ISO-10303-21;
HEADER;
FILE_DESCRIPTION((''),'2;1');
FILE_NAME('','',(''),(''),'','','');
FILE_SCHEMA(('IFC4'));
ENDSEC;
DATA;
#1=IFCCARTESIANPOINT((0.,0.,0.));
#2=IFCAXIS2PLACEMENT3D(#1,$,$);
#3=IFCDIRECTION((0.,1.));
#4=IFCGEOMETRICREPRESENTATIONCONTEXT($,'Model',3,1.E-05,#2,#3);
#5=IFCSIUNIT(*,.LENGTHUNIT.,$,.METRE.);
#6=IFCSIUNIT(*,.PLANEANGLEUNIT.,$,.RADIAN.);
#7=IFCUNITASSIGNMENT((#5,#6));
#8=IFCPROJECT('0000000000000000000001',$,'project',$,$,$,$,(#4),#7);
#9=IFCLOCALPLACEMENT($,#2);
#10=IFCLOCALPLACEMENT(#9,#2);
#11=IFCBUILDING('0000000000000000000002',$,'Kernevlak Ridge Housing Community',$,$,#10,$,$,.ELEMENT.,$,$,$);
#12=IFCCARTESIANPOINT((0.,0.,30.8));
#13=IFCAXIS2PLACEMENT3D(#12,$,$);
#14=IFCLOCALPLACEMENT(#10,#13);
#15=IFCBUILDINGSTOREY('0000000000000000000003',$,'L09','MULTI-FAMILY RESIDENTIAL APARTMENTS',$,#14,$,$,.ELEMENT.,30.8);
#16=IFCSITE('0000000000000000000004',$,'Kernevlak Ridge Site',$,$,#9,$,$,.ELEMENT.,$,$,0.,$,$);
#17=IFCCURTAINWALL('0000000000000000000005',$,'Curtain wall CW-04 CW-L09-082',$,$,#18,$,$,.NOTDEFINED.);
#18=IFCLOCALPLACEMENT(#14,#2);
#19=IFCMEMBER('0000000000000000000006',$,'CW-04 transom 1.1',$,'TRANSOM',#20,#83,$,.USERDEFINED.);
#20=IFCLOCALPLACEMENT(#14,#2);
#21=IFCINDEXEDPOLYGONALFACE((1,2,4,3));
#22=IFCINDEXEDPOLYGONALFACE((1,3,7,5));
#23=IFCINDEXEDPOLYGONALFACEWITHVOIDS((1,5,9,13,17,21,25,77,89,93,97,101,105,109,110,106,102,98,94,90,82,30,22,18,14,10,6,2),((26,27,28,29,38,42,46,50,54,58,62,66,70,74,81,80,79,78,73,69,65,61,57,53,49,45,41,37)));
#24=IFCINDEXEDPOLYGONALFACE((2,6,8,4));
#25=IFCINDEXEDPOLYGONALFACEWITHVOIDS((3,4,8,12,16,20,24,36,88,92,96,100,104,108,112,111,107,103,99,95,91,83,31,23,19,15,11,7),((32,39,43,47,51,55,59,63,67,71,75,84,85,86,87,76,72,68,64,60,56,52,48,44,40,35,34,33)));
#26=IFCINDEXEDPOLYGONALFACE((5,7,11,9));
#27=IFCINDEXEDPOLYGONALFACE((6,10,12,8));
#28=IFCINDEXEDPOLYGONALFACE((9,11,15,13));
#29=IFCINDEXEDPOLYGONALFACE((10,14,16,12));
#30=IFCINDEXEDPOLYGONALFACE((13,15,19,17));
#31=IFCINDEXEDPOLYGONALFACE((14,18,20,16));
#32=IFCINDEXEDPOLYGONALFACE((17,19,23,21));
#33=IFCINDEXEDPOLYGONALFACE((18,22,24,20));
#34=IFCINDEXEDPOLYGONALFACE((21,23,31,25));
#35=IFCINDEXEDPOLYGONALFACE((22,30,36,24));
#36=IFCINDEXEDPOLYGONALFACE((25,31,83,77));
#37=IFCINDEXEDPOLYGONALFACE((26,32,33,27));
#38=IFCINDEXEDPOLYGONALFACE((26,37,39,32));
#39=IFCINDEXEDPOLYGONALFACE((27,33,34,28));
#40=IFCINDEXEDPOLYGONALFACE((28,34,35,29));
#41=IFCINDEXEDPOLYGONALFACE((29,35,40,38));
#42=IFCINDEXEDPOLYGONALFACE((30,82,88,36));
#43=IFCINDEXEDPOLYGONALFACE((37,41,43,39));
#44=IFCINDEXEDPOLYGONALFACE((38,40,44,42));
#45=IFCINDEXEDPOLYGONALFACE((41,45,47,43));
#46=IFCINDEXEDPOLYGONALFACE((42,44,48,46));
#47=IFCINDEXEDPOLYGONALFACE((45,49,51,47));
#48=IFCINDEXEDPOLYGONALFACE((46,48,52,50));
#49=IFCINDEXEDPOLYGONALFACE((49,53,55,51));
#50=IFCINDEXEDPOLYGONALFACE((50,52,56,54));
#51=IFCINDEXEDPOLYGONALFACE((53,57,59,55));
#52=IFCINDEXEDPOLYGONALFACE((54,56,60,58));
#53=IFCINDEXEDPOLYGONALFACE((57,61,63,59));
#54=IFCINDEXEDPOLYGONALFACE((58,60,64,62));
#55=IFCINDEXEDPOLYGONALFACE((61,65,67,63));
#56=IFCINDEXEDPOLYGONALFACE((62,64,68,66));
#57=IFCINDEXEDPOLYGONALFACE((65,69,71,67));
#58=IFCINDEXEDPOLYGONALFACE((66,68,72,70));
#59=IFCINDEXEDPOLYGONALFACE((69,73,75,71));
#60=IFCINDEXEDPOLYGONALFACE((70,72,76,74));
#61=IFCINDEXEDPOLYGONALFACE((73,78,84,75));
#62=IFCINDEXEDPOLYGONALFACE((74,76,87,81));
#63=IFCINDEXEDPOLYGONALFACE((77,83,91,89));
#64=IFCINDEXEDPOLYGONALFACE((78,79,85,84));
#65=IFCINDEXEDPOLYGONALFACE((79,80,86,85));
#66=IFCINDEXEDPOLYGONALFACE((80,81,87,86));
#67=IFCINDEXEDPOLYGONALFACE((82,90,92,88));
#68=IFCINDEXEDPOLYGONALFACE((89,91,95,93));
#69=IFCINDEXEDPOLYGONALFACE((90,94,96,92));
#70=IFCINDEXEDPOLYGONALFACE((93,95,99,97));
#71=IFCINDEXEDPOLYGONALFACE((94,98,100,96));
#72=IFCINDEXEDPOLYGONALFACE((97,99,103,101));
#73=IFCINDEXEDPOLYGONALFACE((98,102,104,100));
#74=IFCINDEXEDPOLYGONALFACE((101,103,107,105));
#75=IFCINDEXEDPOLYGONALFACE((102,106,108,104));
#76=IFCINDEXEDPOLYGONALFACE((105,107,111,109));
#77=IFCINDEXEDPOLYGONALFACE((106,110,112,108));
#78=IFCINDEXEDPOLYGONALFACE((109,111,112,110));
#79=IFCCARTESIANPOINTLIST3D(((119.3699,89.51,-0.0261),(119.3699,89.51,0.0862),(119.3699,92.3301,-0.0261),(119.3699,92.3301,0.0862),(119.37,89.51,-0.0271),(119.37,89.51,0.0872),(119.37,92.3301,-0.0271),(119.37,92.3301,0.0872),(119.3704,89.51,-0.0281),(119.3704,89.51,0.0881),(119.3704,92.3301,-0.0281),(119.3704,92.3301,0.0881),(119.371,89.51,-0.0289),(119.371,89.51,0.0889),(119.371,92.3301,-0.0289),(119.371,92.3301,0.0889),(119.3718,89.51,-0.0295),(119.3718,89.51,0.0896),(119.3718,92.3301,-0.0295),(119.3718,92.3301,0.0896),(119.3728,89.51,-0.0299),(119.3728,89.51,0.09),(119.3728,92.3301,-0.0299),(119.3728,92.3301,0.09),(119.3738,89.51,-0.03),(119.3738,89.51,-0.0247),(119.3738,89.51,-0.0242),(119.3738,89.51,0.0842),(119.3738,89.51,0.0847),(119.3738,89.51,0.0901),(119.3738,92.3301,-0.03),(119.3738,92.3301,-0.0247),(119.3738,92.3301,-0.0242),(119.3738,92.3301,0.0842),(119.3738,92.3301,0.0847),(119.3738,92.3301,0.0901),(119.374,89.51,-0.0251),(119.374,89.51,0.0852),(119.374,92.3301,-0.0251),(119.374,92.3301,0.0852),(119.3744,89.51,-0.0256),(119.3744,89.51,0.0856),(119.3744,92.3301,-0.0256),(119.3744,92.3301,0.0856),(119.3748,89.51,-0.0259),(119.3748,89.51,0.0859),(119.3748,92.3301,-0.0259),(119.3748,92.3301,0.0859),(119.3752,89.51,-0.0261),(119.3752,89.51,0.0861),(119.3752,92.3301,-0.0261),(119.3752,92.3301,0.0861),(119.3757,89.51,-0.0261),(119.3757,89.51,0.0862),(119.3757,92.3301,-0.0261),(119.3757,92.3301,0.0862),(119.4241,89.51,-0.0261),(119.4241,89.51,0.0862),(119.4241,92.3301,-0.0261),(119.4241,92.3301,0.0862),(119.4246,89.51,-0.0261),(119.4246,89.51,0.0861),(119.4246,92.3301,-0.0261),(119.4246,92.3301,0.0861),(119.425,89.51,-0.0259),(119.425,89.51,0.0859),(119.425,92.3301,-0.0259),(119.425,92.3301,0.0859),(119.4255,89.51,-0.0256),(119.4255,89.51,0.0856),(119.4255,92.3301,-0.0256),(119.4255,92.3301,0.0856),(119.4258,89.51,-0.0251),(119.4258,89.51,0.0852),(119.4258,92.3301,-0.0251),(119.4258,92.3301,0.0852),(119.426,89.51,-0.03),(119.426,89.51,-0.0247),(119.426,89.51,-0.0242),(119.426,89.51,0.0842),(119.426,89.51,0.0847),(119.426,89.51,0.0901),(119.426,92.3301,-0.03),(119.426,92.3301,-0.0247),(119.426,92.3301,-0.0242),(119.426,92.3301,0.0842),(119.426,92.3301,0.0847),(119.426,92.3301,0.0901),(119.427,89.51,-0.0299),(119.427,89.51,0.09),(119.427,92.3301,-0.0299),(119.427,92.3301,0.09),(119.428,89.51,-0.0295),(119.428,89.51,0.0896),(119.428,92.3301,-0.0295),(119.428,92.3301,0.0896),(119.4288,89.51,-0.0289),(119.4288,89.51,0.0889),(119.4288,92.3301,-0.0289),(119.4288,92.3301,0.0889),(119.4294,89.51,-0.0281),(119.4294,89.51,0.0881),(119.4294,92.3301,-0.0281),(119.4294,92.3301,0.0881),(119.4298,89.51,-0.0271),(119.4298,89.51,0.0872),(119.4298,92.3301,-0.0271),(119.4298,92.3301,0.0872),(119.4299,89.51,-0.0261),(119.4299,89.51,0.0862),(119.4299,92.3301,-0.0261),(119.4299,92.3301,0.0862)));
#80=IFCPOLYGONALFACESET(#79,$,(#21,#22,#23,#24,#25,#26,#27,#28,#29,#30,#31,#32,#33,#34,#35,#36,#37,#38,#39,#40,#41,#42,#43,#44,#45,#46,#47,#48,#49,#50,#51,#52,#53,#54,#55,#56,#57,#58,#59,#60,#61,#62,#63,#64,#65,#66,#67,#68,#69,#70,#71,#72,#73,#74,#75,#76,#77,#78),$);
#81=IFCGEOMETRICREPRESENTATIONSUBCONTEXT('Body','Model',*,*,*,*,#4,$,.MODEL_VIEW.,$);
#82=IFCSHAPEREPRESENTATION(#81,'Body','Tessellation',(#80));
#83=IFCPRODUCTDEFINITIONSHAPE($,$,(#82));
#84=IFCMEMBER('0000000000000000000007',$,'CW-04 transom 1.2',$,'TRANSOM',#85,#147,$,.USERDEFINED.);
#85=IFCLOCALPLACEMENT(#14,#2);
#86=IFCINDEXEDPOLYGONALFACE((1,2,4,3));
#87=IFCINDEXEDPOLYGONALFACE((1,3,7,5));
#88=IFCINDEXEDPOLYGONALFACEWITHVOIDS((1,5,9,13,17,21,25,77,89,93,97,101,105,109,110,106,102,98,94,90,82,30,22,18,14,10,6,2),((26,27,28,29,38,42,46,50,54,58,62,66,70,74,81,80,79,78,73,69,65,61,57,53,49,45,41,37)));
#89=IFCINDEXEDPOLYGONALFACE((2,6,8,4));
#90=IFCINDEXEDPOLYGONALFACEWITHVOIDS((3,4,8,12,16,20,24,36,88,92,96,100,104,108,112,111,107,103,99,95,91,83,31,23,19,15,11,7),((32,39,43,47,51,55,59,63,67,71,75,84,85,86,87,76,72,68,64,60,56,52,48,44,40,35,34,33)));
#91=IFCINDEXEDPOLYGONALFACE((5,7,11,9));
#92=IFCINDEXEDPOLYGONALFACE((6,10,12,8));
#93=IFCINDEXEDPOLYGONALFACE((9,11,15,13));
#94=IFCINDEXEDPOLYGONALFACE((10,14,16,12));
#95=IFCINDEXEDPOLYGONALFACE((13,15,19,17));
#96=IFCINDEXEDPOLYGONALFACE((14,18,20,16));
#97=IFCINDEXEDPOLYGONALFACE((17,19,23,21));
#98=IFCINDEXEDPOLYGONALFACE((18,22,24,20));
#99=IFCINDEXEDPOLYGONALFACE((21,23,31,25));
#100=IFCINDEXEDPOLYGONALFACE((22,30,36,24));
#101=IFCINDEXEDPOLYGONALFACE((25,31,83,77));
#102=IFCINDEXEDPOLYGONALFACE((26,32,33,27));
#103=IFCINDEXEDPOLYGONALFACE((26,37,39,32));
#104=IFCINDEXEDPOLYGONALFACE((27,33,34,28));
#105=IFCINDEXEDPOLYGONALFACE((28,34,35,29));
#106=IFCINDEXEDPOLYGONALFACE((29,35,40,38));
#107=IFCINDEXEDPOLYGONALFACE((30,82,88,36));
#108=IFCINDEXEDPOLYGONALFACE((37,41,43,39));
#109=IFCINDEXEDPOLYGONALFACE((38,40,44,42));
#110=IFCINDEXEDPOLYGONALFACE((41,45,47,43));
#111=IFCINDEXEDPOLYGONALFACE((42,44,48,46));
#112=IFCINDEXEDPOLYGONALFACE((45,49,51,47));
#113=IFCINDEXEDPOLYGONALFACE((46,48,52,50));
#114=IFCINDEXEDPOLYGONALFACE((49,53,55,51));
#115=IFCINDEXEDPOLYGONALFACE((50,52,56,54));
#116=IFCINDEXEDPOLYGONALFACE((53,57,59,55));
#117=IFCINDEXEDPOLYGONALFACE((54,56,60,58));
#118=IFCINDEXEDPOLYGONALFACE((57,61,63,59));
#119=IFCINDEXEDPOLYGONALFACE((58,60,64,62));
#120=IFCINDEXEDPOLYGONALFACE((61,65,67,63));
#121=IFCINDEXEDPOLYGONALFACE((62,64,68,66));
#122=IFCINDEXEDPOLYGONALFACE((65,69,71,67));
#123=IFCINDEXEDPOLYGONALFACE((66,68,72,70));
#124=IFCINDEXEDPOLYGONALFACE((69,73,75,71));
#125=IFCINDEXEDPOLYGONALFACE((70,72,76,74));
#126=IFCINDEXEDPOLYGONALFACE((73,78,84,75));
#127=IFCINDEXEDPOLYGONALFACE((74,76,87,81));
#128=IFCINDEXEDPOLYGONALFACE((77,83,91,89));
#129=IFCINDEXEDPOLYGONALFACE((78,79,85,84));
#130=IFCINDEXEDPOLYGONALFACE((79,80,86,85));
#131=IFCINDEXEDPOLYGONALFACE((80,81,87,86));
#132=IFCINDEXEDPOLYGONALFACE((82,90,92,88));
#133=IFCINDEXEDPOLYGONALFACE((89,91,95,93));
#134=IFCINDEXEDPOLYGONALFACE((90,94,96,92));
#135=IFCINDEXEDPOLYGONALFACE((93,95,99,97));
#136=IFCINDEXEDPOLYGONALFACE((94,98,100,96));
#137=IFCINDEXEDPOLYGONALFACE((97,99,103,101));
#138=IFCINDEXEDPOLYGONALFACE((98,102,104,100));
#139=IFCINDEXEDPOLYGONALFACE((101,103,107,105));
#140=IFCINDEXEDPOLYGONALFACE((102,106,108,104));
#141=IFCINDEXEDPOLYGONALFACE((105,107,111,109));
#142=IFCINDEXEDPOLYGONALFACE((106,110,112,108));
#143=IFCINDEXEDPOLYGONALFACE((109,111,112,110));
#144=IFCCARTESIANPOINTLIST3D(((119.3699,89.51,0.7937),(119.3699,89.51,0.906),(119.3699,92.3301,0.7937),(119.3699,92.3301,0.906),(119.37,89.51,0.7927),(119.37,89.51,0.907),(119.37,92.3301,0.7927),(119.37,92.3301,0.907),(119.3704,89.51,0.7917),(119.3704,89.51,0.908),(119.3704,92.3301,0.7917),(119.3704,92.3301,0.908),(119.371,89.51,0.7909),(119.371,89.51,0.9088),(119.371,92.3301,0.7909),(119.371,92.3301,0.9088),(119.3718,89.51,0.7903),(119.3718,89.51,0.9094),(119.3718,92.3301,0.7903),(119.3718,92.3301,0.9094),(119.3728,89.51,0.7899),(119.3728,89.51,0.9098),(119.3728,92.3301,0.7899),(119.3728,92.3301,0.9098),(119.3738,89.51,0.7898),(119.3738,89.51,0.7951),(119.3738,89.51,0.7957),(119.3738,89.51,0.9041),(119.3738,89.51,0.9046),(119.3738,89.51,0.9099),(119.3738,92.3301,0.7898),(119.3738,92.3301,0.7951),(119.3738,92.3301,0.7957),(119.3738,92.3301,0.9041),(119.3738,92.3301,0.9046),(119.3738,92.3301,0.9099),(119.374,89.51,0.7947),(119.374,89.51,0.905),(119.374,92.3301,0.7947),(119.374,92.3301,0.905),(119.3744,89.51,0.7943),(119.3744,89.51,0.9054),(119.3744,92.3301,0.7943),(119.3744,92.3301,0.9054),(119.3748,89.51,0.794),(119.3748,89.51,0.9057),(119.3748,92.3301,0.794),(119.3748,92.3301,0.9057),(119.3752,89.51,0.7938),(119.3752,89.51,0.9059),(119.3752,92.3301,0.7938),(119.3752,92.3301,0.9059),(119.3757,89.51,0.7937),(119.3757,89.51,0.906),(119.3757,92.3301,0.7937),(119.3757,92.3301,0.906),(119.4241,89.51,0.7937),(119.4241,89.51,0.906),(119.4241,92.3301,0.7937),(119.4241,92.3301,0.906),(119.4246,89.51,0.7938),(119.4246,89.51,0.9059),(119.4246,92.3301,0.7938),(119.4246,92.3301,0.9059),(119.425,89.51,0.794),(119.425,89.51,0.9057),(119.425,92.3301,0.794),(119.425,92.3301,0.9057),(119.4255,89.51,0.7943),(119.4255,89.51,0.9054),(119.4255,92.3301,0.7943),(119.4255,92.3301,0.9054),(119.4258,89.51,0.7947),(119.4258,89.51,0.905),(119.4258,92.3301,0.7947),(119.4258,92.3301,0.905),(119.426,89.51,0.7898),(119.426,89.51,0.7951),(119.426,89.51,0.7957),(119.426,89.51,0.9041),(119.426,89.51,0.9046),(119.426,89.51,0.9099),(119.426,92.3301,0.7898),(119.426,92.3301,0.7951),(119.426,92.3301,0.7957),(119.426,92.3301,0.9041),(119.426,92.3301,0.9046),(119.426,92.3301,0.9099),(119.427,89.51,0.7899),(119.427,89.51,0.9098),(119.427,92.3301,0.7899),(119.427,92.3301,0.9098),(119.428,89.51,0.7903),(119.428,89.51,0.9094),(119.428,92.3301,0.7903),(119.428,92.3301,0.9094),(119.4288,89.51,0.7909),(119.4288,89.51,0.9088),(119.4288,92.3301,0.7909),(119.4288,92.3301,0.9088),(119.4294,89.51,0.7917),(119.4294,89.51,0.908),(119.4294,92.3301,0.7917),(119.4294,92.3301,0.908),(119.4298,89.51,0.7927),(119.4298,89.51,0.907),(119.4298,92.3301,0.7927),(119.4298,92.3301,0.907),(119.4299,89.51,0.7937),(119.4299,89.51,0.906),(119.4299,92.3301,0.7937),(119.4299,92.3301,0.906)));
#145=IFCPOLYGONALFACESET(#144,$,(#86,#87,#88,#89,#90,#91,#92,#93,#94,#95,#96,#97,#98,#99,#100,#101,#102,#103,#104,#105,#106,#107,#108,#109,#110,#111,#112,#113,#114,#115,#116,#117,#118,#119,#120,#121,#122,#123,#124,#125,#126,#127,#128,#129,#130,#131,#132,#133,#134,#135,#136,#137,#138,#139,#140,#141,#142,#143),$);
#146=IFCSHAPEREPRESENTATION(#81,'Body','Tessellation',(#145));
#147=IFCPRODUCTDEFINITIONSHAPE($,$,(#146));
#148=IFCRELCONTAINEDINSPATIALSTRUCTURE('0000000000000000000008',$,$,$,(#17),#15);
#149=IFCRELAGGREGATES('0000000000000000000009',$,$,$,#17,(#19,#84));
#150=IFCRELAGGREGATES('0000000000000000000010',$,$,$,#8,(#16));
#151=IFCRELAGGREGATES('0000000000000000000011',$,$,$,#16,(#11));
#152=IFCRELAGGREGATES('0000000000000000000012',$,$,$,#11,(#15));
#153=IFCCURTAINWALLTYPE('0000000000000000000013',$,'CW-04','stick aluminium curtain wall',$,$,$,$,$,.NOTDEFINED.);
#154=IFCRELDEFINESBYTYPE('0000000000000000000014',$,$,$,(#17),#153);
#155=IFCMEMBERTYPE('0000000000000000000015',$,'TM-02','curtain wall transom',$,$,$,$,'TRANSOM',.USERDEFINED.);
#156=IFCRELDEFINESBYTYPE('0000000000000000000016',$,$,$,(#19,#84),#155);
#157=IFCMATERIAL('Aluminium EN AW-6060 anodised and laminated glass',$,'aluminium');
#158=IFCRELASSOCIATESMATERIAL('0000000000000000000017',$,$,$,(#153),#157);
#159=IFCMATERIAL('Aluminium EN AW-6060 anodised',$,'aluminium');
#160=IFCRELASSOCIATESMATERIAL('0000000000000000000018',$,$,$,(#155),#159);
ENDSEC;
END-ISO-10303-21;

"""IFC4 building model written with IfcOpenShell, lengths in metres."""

from ifc_helpers import new_model, si_unit, direction, frame, origin, origin_2d, place, context, subcontext, project, spatial, hollow_rectangle, extrude, material, material_profile, profile_set, type_object, element, aggregate, save


model = new_model("IFC4")

# Units and contexts
model_context = context("Model", 3, precision=1e-05, world=origin(), true_north=direction((0.0, 1.0)))
body_context = subcontext(model_context, "Body", "Model", "MODEL_VIEW")
ifc_project = project(units=[si_unit("LENGTHUNIT", "METRE"), si_unit("PLANEANGLEUNIT", "RADIAN")], contexts=[model_context])

# Site, building, storey
site_placement = place(None, origin())
site = spatial("IfcSite", under=ifc_project, at=site_placement, Name="Kernevlak Ridge Site", CompositionType="ELEMENT", RefElevation=0.0)
building_placement = place(site_placement, origin())
building = spatial("IfcBuilding", under=site, at=building_placement, Name="Kernevlak Ridge Housing Community", CompositionType="ELEMENT")
storey_placement = place(building_placement, frame((0.0, 0.0, 30.8)))
storey = spatial("IfcBuildingStorey", under=building, at=storey_placement, Name="L09", Description="MULTI-FAMILY RESIDENTIAL APARTMENTS", CompositionType="ELEMENT", Elevation=30.8)

# Curtain wall
ifc_material_1 = material(Name="Aluminium EN AW-6060 anodised and laminated glass", Category="aluminium")
curtain_wall_type_1 = type_object("IfcCurtainWallType", Name="CW-04", Description="stick aluminium curtain wall", PredefinedType="NOTDEFINED", material=ifc_material_1)
curtain_wall_1_placement = place(storey_placement, origin())
curtain_wall_1 = element("IfcCurtainWall", 1, at=curtain_wall_1_placement, inside=storey, type_object=curtain_wall_type_1, Name="Curtain wall CW-04 CW-L09-082", PredefinedType="NOTDEFINED")
ifc_material_2 = material(Name="Aluminium EN AW-6060 anodised", Category="aluminium")

# Members
ifc_material_profile_1 = material_profile(ifc_material_2, hollow_rectangle(XDim=0.0601, YDim=0.1201, WallThickness=0.0039, InnerFilletRadius=0.002, OuterFilletRadius=0.0039, at=origin_2d()), Name="ALU 60x120x4")
ifc_profile_set_1 = profile_set([ifc_material_profile_1], Name="Aluminium EN AW-6060 anodised")
member_type_1 = type_object("IfcMemberType", Name="TM-02", Description="curtain wall transom", ElementType="TRANSOM", PredefinedType="USERDEFINED", material=ifc_profile_set_1)
member_1_placement = place(storey_placement, frame((119.3999, 89.51, 0.03), z_axis=(0.0, 1.0, 0.0), x_axis=(-1.0, 0.0, 0.0)))
member_1 = element("IfcMember", 2, at=member_1_placement, type_object=member_type_1, Name="CW-04 transom 1.1", ObjectType="TRANSOM", PredefinedType="USERDEFINED", context=body_context, shape_type="SweptSolid", body=[
    extrude(hollow_rectangle(XDim=0.0601, YDim=0.1201, WallThickness=0.0039, InnerFilletRadius=0.002, OuterFilletRadius=0.0039, at=origin_2d()), origin(), (0.0, 0.0, 1.0), 2.8201),
])
member_2_placement = place(storey_placement, frame((119.3999, 89.51, 0.8499), z_axis=(0.0, 1.0, 0.0), x_axis=(-1.0, 0.0, 0.0)))
member_2 = element("IfcMember", 3, at=member_2_placement, type_object=member_type_1, Name="CW-04 transom 1.2", ObjectType="TRANSOM", PredefinedType="USERDEFINED", context=body_context, shape_type="SweptSolid", body=[
    extrude(hollow_rectangle(XDim=0.0601, YDim=0.1201, WallThickness=0.0039, InnerFilletRadius=0.002, OuterFilletRadius=0.0039, at=origin_2d()), origin(), (0.0, 0.0, 1.0), 2.8201),
])

aggregate(curtain_wall_1, [member_1, member_2])

save(model, "model.ifc")
